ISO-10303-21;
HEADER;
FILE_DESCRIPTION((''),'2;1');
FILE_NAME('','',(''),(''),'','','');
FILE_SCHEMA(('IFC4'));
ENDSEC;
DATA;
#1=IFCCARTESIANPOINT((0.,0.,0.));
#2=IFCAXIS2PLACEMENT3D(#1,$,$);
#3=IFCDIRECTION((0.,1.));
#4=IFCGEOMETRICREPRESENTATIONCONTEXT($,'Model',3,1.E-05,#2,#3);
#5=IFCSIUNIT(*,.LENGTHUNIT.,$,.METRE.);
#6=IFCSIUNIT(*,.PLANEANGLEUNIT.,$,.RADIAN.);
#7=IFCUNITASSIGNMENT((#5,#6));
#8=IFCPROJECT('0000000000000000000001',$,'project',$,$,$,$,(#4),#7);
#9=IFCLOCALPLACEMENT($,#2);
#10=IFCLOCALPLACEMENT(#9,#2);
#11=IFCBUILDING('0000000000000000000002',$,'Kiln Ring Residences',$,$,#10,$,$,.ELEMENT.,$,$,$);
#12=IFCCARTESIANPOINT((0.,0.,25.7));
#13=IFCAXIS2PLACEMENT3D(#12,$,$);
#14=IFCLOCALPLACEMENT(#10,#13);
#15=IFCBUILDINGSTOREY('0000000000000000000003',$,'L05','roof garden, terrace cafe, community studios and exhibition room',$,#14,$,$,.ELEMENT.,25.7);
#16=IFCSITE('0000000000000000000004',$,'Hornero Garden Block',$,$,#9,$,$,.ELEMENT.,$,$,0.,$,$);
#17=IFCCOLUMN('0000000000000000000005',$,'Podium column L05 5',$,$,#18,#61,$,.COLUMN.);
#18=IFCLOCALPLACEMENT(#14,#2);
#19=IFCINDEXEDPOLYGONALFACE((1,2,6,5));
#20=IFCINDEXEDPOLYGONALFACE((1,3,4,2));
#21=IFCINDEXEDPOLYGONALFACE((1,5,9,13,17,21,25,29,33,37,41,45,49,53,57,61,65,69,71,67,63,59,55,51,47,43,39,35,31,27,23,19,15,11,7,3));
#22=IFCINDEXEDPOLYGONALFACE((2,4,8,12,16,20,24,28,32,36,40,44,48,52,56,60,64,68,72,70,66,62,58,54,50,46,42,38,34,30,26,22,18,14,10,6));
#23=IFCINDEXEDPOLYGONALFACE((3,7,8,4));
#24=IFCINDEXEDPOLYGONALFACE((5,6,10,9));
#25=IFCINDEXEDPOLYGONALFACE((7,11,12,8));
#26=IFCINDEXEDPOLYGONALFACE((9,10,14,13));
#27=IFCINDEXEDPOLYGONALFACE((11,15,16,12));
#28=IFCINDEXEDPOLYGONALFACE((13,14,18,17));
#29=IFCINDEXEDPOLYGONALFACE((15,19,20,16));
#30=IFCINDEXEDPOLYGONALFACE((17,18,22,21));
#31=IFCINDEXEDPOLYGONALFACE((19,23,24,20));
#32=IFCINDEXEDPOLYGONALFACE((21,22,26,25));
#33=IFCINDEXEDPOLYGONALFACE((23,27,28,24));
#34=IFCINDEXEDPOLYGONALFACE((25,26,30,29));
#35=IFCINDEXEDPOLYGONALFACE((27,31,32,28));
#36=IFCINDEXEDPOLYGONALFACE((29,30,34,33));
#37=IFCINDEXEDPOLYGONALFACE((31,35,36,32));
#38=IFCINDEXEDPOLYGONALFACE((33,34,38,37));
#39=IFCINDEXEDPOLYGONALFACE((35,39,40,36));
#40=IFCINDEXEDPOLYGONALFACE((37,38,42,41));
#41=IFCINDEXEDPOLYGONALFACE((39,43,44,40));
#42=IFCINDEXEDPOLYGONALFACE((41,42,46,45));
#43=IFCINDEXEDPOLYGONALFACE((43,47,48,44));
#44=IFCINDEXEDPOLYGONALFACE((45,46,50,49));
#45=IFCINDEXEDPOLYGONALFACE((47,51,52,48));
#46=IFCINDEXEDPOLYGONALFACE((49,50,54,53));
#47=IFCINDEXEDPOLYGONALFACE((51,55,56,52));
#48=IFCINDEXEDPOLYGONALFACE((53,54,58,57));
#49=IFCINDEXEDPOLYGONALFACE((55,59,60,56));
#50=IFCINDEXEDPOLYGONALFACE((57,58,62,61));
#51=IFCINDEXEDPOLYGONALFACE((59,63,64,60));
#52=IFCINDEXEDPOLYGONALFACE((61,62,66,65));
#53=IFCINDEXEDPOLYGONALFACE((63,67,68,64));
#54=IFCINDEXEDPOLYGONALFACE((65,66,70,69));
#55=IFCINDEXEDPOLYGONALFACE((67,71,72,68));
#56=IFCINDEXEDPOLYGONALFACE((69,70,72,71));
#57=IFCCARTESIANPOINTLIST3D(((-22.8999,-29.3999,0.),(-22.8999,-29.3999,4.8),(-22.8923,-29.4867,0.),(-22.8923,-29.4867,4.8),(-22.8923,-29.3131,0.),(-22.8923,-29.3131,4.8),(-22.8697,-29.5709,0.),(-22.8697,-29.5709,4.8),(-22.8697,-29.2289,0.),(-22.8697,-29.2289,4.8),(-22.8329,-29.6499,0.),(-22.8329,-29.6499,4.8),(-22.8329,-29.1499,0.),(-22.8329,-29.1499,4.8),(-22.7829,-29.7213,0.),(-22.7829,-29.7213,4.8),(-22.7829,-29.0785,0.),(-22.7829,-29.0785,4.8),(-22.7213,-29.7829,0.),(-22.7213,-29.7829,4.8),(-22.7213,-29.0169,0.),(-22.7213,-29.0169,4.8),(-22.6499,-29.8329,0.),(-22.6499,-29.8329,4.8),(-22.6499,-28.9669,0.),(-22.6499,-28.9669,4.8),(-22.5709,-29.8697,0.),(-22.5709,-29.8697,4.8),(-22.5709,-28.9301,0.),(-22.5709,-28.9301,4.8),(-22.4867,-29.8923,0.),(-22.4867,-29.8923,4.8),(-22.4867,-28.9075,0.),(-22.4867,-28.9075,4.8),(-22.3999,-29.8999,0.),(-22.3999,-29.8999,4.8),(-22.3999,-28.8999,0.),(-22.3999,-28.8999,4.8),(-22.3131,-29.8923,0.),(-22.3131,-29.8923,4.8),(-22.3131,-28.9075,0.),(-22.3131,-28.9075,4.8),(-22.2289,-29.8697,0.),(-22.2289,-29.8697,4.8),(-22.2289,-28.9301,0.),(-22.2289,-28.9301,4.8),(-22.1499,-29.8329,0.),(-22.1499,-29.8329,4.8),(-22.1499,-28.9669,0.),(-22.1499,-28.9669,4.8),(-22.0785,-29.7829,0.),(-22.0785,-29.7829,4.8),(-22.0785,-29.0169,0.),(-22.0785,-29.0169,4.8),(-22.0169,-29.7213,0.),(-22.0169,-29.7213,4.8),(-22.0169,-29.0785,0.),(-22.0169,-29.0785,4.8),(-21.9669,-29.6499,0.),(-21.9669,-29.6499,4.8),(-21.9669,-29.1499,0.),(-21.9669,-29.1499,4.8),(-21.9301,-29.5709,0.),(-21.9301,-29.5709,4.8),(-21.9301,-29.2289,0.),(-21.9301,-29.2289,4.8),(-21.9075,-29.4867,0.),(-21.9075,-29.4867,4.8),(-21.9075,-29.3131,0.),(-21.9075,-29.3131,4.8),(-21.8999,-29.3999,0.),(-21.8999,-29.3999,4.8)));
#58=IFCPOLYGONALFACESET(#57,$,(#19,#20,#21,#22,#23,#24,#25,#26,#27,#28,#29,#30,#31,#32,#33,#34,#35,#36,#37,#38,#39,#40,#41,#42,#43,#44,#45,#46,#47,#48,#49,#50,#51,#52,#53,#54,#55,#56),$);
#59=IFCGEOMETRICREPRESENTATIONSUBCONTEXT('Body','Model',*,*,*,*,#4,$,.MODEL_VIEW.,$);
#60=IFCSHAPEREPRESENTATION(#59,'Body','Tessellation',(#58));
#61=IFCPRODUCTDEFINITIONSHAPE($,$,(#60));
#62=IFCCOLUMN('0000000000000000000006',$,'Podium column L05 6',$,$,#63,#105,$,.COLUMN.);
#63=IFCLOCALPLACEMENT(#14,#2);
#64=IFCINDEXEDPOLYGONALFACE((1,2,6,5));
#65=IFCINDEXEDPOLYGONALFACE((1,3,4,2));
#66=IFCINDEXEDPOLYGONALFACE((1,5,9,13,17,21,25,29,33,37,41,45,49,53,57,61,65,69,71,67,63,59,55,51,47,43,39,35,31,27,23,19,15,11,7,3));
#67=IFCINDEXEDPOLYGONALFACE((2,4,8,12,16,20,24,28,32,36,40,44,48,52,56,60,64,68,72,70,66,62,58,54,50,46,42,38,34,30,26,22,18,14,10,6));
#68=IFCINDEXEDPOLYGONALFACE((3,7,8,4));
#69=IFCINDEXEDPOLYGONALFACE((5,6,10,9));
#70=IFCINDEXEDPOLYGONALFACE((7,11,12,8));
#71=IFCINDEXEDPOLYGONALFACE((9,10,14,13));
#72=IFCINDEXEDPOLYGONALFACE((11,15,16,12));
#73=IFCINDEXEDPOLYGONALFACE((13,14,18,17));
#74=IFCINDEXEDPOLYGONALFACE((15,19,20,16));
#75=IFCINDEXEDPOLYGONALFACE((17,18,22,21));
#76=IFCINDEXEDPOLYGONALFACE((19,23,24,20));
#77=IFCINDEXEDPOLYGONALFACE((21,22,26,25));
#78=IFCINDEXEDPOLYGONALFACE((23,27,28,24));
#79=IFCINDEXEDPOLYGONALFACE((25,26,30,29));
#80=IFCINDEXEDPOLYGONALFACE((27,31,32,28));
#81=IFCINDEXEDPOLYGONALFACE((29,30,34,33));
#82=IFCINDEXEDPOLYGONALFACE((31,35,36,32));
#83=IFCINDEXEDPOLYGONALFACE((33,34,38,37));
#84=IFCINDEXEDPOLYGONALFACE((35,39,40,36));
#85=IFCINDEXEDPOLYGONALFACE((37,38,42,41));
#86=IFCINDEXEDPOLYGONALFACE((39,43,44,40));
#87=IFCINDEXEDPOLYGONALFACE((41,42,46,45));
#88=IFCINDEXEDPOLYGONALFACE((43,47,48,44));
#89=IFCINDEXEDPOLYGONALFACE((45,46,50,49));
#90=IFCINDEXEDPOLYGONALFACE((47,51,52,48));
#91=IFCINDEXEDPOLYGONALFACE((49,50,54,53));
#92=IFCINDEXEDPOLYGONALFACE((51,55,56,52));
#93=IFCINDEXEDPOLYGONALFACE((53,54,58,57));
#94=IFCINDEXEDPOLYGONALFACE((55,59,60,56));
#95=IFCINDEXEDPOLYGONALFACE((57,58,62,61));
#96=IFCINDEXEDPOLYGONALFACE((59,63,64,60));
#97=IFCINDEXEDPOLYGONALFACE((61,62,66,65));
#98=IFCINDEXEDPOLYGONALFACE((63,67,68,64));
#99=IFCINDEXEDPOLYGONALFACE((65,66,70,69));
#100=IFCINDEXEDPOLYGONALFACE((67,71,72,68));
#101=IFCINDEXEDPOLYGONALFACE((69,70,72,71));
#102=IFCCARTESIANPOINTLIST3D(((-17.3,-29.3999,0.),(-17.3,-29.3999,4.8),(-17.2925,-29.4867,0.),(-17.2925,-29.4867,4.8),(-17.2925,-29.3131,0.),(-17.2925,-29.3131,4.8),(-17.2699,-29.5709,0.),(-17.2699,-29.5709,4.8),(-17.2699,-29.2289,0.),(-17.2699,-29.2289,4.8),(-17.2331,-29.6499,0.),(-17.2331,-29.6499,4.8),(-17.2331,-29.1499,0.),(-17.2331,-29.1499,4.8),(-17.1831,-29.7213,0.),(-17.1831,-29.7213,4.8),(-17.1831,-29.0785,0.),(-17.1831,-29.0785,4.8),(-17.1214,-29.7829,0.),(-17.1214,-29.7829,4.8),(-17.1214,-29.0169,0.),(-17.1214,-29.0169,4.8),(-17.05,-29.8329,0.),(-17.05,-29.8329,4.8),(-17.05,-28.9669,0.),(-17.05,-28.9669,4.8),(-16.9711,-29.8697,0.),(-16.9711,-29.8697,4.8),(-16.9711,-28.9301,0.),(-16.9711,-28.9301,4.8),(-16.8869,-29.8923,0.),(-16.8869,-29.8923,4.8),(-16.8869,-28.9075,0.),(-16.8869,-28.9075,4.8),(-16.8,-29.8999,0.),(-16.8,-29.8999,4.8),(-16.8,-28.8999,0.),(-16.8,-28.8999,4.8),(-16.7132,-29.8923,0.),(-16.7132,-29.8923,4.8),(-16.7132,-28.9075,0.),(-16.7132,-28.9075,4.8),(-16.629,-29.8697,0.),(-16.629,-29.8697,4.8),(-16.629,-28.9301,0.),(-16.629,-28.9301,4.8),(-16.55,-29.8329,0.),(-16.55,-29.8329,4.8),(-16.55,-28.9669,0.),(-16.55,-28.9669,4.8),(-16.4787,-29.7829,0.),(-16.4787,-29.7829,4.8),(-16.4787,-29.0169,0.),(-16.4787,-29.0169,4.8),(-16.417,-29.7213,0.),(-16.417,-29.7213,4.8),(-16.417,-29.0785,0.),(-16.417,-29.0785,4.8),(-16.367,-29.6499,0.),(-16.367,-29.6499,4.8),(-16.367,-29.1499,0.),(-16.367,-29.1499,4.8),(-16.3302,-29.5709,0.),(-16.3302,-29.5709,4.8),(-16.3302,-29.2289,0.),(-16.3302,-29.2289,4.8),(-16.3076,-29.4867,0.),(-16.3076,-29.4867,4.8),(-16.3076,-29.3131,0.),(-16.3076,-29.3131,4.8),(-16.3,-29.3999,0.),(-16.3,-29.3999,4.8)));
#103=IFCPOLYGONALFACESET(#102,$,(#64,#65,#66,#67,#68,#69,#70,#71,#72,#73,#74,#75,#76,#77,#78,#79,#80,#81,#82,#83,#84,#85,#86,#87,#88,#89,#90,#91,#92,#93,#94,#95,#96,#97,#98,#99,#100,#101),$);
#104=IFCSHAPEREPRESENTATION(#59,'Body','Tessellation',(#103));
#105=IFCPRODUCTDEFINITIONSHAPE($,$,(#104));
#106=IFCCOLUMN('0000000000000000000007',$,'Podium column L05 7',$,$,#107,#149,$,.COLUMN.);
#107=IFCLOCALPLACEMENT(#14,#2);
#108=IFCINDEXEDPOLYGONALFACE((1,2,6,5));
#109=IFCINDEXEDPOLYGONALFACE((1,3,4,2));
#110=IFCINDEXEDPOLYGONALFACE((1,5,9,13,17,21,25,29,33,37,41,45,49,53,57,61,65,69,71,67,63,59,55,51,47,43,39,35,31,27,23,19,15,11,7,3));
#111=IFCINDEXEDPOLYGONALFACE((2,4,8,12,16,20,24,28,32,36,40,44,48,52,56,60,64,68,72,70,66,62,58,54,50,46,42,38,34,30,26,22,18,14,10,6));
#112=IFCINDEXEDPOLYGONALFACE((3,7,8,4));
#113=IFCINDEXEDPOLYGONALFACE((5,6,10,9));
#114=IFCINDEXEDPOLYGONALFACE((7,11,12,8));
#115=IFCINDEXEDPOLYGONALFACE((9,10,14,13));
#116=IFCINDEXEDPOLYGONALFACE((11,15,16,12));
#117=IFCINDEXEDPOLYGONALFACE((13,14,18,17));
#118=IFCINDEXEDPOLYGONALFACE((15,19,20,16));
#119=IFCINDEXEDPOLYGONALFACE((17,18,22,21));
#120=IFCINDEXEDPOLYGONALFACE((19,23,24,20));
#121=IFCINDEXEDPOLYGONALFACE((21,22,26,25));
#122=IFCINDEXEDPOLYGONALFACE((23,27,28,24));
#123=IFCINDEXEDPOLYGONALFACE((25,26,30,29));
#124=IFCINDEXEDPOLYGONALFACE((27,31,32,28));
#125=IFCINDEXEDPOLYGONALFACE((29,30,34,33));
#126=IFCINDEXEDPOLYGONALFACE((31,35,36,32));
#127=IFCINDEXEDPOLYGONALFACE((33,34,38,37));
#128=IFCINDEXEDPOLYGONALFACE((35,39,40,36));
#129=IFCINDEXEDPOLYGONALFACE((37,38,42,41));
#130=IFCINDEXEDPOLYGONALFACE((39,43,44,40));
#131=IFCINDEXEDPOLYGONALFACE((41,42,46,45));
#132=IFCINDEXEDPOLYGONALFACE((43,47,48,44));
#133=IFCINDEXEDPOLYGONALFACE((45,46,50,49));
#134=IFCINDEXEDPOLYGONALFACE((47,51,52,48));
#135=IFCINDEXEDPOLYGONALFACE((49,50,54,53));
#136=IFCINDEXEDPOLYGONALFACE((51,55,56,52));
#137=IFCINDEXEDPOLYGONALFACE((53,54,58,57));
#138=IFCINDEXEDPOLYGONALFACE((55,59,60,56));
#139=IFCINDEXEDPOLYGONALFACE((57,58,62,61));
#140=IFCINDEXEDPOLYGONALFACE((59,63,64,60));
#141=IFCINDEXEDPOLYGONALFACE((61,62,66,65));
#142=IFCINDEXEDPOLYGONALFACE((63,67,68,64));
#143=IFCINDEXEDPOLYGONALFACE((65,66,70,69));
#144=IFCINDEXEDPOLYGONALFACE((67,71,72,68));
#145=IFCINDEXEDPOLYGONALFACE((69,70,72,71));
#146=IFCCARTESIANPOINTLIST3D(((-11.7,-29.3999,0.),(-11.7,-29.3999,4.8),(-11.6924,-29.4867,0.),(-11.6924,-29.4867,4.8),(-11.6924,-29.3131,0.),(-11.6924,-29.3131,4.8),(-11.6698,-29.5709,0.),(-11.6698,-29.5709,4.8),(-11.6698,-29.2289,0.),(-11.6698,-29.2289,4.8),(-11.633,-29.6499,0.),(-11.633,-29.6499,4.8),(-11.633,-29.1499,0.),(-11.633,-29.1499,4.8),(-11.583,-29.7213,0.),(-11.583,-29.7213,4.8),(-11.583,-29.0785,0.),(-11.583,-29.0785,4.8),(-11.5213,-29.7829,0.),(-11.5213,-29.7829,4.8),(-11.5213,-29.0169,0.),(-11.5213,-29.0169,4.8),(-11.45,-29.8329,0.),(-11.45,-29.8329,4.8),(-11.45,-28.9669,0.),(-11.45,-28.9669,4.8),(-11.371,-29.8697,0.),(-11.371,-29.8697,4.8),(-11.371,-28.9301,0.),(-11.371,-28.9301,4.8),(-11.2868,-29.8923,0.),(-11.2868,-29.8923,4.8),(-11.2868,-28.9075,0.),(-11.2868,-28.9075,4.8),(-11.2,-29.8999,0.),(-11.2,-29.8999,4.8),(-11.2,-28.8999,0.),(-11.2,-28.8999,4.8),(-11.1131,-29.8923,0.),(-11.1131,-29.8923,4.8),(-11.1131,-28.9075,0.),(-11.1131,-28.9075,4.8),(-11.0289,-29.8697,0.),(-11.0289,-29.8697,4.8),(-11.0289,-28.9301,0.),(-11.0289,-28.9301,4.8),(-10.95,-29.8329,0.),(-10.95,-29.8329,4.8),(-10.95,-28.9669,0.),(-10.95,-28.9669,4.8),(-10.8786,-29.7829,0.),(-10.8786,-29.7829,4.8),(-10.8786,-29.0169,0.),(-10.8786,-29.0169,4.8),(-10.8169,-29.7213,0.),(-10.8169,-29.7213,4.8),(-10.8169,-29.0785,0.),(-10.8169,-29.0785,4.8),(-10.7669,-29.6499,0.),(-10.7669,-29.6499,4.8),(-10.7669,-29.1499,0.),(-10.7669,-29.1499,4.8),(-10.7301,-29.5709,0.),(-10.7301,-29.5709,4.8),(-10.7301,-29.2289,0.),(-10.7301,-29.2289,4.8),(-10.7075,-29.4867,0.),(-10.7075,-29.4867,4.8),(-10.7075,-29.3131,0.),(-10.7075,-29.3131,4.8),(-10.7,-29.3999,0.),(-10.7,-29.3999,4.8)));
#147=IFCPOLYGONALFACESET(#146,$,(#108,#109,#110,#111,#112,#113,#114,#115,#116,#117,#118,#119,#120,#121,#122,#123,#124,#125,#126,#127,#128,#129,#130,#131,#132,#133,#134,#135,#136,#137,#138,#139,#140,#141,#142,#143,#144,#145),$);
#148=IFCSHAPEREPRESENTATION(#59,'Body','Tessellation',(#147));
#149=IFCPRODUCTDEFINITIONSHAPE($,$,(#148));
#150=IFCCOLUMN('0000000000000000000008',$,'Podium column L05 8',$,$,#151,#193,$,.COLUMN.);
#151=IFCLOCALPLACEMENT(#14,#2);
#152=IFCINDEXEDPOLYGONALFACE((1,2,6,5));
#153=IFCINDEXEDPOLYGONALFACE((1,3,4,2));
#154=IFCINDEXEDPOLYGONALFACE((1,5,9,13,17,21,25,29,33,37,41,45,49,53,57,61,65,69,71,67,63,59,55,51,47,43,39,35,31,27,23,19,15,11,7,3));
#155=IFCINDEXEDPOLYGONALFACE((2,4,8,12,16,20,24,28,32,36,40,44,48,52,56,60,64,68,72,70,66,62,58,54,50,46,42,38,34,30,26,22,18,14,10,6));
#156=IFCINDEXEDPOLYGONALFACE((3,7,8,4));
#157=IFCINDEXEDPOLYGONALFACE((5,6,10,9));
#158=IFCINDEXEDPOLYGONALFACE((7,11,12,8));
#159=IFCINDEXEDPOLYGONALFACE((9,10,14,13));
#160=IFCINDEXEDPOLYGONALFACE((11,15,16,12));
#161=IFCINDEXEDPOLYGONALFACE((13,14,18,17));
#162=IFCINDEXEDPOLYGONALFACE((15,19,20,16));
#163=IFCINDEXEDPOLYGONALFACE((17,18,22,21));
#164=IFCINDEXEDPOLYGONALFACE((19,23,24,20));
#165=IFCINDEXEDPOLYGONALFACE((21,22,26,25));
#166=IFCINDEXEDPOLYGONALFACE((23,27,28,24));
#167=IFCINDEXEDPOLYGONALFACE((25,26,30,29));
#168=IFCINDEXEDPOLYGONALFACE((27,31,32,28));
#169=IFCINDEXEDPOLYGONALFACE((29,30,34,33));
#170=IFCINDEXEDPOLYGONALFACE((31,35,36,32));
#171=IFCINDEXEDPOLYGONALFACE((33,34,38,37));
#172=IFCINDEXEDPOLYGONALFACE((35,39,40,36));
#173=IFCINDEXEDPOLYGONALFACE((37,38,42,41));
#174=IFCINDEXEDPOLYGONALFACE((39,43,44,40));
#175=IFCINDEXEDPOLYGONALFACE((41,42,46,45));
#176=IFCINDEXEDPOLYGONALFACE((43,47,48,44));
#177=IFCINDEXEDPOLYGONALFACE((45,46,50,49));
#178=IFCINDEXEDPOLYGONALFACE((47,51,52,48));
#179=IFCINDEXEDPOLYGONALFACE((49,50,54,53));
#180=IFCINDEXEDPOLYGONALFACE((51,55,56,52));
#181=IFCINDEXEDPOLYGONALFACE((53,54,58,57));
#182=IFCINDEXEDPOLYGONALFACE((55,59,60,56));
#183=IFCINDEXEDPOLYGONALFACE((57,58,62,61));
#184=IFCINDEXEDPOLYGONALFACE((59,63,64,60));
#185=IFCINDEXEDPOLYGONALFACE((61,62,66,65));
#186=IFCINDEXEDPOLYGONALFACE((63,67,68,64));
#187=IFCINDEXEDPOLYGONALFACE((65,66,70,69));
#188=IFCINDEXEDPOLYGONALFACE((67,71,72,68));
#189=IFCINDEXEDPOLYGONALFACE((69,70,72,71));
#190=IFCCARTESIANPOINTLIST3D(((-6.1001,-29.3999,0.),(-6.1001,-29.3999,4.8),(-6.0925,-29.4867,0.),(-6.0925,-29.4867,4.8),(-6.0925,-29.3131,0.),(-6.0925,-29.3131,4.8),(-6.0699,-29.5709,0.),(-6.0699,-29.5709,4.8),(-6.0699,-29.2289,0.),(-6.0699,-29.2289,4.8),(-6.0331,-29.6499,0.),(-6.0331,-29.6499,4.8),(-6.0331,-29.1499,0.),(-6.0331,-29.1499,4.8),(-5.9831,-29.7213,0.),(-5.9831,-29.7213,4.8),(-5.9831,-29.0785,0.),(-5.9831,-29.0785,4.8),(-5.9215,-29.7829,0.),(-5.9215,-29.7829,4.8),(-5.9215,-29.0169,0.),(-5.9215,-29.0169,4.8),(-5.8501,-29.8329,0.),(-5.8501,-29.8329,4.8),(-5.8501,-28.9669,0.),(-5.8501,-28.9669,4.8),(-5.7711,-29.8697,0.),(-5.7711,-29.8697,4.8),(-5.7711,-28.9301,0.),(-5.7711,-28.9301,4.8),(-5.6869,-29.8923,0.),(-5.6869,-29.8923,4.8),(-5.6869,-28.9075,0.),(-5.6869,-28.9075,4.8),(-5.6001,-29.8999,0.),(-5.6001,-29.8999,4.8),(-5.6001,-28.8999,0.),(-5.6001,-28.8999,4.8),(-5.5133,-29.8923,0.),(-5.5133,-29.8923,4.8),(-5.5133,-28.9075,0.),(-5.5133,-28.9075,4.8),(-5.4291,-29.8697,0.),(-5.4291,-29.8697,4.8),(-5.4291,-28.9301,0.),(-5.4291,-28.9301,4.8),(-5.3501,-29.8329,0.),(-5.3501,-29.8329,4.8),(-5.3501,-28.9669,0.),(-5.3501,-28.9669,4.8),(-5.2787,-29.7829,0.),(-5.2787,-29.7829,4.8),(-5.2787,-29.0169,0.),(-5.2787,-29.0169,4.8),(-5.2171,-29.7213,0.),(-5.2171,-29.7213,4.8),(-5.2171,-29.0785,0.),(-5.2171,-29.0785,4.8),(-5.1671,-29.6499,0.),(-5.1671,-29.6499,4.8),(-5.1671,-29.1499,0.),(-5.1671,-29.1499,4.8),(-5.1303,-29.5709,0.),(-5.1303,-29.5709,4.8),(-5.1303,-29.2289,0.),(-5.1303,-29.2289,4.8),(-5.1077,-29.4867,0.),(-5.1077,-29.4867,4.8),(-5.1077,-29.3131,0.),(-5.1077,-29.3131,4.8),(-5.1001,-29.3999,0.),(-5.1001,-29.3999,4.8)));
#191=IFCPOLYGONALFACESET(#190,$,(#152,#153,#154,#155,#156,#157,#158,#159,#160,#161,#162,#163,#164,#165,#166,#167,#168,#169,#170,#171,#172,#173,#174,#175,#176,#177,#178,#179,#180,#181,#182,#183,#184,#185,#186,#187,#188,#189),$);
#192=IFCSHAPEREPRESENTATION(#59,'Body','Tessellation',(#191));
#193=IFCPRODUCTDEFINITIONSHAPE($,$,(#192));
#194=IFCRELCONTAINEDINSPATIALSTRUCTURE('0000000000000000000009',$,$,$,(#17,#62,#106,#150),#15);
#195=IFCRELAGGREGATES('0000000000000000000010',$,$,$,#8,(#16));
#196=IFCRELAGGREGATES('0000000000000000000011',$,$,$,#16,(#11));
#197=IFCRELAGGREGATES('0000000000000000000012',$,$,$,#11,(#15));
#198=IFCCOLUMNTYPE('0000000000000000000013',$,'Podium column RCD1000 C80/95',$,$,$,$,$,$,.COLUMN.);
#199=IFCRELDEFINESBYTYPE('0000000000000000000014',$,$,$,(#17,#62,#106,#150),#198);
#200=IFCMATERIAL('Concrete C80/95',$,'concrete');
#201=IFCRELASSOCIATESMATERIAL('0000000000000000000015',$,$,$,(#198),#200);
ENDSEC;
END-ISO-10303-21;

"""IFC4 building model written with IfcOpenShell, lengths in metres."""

from ifc_helpers import new_model, si_unit, direction, frame, origin, origin_2d, place, context, subcontext, project, spatial, circle, extrude, material, material_profile, profile_set, type_object, element, save


model = new_model("IFC4")

# Units and contexts
model_context = context("Model", 3, precision=1e-05, world=origin(), true_north=direction((0.0, 1.0)))
body_context = subcontext(model_context, "Body", "Model", "MODEL_VIEW")
ifc_project = project(units=[si_unit("LENGTHUNIT", "METRE"), si_unit("PLANEANGLEUNIT", "RADIAN")], contexts=[model_context])

# Site, building, storey
site_placement = place(None, origin())
site = spatial("IfcSite", under=ifc_project, at=site_placement, Name="Hornero Garden Block", CompositionType="ELEMENT", RefElevation=0.0)
building_placement = place(site_placement, origin())
building = spatial("IfcBuilding", under=site, at=building_placement, Name="Kiln Ring Residences", CompositionType="ELEMENT")
storey_placement = place(building_placement, frame((0.0, 0.0, 25.7)))
storey = spatial("IfcBuildingStorey", under=building, at=storey_placement, Name="L05", Description="roof garden, terrace cafe, community studios and exhibition room", CompositionType="ELEMENT", Elevation=25.7)

# Columns
ifc_material_1 = material(Name="Concrete C80/95", Category="concrete")
ifc_material_profile = material_profile(ifc_material_1, circle(Radius=0.5, at=origin_2d()), Name="RCD1000")
ifc_profile_set = profile_set([ifc_material_profile], Name="Concrete C80/95")
column_type = type_object("IfcColumnType", Name="Podium column RCD1000 C80/95", PredefinedType="COLUMN", material=ifc_profile_set)
for number, where, z_axis, x_axis, name in (
    (1, (-22.3999, -29.3999, 0.0), (0.0, 0.0, 1.0), (1.0, 0.0, 0.0), "Podium column L05 5"),
    (2, (-16.8, -29.3999, 0.0), (0.0, 0.0, 1.0), (1.0, 0.0, 0.0), "Podium column L05 6"),
    (3, (-11.2, -29.3999, 0.0), (0.0, 0.0, 1.0), (1.0, 0.0, 0.0), "Podium column L05 7"),
    (4, (-5.6001, -29.3999, 0.0), (0.0, 0.0, 1.0), (1.0, 0.0, 0.0), "Podium column L05 8"),
):
    element("IfcColumn", number, at=place(storey_placement, frame(where, z_axis=z_axis, x_axis=x_axis)), inside=storey, type_object=column_type, Name=name, PredefinedType="COLUMN", context=body_context, shape_type="SweptSolid", body=[
        extrude(circle(Radius=0.5, at=origin_2d()), origin(), (0.0, 0.0, 1.0), 4.8),
    ])

save(model, "model.ifc")
